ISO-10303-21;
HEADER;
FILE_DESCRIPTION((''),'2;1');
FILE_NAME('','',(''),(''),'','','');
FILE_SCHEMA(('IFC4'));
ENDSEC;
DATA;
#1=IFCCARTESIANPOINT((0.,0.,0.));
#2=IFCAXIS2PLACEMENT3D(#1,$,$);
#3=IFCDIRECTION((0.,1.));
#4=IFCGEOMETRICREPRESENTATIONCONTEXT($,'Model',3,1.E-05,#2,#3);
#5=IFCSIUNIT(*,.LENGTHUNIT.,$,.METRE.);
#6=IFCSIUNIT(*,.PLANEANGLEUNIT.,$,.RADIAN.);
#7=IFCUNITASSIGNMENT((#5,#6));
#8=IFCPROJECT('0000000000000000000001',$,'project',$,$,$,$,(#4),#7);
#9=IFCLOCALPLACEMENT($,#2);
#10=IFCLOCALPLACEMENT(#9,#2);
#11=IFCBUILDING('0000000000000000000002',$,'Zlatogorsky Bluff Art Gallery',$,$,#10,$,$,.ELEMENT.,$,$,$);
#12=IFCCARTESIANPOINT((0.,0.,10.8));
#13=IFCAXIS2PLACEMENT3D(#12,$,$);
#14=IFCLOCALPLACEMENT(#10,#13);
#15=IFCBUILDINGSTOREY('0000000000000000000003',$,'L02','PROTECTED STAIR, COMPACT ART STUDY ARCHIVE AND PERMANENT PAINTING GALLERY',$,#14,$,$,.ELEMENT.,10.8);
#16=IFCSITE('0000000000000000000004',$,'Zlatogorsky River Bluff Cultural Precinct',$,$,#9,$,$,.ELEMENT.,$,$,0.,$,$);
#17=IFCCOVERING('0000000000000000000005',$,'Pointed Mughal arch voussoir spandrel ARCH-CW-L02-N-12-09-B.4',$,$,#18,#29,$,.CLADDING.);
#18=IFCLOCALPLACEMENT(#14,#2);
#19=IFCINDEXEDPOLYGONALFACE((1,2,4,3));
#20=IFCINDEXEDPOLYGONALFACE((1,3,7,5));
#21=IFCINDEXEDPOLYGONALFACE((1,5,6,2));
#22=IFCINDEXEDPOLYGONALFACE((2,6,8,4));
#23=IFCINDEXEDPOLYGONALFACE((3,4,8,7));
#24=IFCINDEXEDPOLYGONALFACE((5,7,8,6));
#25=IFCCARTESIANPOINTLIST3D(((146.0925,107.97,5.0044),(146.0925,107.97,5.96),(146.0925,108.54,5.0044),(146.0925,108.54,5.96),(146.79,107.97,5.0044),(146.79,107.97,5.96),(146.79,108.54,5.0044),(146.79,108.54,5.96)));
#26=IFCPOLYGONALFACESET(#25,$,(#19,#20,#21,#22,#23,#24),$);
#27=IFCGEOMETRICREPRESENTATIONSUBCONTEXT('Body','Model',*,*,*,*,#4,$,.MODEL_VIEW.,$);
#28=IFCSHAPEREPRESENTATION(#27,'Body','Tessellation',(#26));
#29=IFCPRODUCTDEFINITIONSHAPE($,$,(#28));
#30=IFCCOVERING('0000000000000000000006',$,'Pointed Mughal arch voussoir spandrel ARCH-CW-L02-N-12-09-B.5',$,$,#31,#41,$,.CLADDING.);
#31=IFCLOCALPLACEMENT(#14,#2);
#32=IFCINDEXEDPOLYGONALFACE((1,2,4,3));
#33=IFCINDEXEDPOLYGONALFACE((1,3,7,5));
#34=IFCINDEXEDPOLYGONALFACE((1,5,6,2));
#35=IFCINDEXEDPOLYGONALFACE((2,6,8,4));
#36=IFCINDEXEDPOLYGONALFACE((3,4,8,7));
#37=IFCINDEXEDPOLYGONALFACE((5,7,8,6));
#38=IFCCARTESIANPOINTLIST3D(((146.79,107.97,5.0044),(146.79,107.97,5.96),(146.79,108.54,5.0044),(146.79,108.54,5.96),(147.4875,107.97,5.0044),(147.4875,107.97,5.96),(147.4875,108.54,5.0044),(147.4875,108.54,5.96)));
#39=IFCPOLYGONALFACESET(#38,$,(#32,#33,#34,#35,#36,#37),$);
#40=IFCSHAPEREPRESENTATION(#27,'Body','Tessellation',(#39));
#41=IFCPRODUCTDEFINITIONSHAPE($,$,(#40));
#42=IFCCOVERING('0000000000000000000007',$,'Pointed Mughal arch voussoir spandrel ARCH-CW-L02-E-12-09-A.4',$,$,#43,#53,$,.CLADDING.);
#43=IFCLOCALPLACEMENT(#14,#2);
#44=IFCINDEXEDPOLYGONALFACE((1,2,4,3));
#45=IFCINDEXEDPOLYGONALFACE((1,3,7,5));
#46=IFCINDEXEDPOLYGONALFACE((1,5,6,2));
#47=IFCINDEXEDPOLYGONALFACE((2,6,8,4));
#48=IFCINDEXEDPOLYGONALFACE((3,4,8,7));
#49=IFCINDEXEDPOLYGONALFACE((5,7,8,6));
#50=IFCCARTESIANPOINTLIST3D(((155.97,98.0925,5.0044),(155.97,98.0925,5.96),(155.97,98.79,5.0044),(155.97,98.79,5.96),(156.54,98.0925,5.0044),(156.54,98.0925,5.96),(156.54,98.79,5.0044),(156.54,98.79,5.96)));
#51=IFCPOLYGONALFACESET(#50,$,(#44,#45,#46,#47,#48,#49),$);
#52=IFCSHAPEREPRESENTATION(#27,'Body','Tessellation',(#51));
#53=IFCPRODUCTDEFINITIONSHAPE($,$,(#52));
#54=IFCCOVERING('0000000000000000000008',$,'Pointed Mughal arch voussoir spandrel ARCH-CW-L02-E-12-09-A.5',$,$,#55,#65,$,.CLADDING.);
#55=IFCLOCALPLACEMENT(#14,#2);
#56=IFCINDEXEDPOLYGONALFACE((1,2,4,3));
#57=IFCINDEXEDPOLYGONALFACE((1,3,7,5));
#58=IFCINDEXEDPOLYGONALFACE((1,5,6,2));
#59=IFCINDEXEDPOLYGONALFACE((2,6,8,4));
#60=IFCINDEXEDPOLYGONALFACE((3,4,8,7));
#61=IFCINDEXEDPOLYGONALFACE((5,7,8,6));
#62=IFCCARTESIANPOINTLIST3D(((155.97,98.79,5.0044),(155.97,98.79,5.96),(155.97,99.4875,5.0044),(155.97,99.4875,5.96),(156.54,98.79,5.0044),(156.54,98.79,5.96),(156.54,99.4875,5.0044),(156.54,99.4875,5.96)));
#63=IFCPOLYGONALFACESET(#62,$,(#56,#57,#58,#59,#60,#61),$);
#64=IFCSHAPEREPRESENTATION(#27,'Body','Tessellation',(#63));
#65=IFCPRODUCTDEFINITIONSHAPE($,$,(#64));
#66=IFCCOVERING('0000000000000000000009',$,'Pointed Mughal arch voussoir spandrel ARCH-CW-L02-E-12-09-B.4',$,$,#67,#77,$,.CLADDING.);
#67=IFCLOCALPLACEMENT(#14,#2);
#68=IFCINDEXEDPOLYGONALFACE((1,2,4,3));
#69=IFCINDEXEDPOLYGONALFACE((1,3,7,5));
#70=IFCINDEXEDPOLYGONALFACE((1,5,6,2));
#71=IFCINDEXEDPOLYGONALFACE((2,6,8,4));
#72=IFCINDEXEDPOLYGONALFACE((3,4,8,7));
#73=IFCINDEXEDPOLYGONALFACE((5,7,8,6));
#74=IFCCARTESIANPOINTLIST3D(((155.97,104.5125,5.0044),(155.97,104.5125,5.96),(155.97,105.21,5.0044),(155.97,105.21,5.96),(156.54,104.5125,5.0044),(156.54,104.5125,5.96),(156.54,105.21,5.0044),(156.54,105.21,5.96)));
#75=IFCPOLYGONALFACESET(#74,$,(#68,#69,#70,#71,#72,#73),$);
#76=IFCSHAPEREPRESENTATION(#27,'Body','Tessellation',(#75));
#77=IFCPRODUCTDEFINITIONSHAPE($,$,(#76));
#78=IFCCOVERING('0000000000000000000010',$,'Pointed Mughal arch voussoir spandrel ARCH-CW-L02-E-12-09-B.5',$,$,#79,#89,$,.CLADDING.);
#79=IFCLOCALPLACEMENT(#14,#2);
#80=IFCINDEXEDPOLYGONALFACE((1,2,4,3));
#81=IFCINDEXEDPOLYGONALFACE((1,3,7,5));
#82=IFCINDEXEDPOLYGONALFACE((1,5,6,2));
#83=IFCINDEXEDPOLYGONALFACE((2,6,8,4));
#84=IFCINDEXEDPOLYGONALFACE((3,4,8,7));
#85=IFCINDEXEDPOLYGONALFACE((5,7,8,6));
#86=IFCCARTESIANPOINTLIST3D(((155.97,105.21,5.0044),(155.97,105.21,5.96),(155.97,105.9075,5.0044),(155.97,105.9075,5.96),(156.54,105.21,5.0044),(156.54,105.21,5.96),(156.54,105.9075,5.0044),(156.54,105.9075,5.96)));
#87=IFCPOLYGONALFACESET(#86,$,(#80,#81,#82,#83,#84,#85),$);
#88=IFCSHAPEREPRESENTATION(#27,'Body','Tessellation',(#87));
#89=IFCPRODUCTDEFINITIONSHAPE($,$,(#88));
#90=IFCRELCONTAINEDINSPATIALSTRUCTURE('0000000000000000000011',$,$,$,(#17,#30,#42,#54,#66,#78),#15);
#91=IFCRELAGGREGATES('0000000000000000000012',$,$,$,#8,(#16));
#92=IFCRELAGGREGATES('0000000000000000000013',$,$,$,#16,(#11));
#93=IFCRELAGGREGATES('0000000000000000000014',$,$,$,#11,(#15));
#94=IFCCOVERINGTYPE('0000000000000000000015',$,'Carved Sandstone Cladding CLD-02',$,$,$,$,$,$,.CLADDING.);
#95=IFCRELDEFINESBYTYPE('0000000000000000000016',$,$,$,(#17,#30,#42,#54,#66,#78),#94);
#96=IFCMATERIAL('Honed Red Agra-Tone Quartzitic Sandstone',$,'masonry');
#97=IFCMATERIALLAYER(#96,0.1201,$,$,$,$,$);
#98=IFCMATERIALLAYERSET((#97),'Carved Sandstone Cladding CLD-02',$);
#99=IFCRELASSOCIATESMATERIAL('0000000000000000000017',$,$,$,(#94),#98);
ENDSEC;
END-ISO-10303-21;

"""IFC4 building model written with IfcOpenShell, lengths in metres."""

from ifc_helpers import new_model, si_unit, direction, frame, origin, place, context, subcontext, project, spatial, polyline, outline, extrude, material, layer, layer_set, type_object, element, save


model = new_model("IFC4")

# Units and contexts
model_context = context("Model", 3, precision=1e-05, world=origin(), true_north=direction((0.0, 1.0)))
body_context = subcontext(model_context, "Body", "Model", "MODEL_VIEW")
ifc_project = project(units=[si_unit("LENGTHUNIT", "METRE"), si_unit("PLANEANGLEUNIT", "RADIAN")], contexts=[model_context])

# Site, building, storey
site_placement = place(None, origin())
site = spatial("IfcSite", under=ifc_project, at=site_placement, Name="Zlatogorsky River Bluff Cultural Precinct", CompositionType="ELEMENT", RefElevation=0.0)
building_placement = place(site_placement, origin())
building = spatial("IfcBuilding", under=site, at=building_placement, Name="Zlatogorsky Bluff Art Gallery", CompositionType="ELEMENT")
storey_placement = place(building_placement, frame((0.0, 0.0, 10.8)))
storey = spatial("IfcBuildingStorey", under=building, at=storey_placement, Name="L02", Description="PROTECTED STAIR, COMPACT ART STUDY ARCHIVE AND PERMANENT PAINTING GALLERY", CompositionType="ELEMENT", Elevation=10.8)

# Coverings
ifc_material = material(Name="Honed Red Agra-Tone Quartzitic Sandstone", Category="masonry")
ifc_layer = layer(ifc_material, 0.1201)
ifc_layer_set = layer_set([ifc_layer], Name="Carved Sandstone Cladding CLD-02")
covering_type = type_object("IfcCoveringType", Name="Carved Sandstone Cladding CLD-02", PredefinedType="CLADDING", material=ifc_layer_set)
covering_1_placement = place(storey_placement, frame((0.0, 0.0, 5.0044)))
element("IfcCovering", 1, at=covering_1_placement, inside=storey, type_object=covering_type, Name="Pointed Mughal arch voussoir spandrel ARCH-CW-L02-N-12-09-B.4", PredefinedType="CLADDING", context=body_context, shape_type="SweptSolid", body=[
    extrude(outline(polyline([(146.0925, 107.97), (146.79, 107.97), (146.79, 108.54), (146.0925, 108.54), (146.0925, 107.97)])), origin(), (0.0, 0.0, 1.0), 0.9556),
])
covering_2_placement = place(storey_placement, frame((0.0, 0.0, 5.0044)))
element("IfcCovering", 2, at=covering_2_placement, inside=storey, type_object=covering_type, Name="Pointed Mughal arch voussoir spandrel ARCH-CW-L02-N-12-09-B.5", PredefinedType="CLADDING", context=body_context, shape_type="SweptSolid", body=[
    extrude(outline(polyline([(146.79, 107.97), (147.4875, 107.97), (147.4875, 108.54), (146.79, 108.54), (146.79, 107.97)])), origin(), (0.0, 0.0, 1.0), 0.9556),
])
covering_3_placement = place(storey_placement, frame((0.0, 0.0, 5.0044)))
element("IfcCovering", 3, at=covering_3_placement, inside=storey, type_object=covering_type, Name="Pointed Mughal arch voussoir spandrel ARCH-CW-L02-E-12-09-A.4", PredefinedType="CLADDING", context=body_context, shape_type="SweptSolid", body=[
    extrude(outline(polyline([(155.97, 98.0925), (155.97, 98.79), (156.54, 98.79), (156.54, 98.0925), (155.97, 98.0925)])), origin(), (0.0, 0.0, 1.0), 0.9556),
])
covering_4_placement = place(storey_placement, frame((0.0, 0.0, 5.0044)))
element("IfcCovering", 4, at=covering_4_placement, inside=storey, type_object=covering_type, Name="Pointed Mughal arch voussoir spandrel ARCH-CW-L02-E-12-09-A.5", PredefinedType="CLADDING", context=body_context, shape_type="SweptSolid", body=[
    extrude(outline(polyline([(155.97, 98.79), (155.97, 99.4875), (156.54, 99.4875), (156.54, 98.79), (155.97, 98.79)])), origin(), (0.0, 0.0, 1.0), 0.9556),
])
covering_5_placement = place(storey_placement, frame((0.0, 0.0, 5.0044)))
element("IfcCovering", 5, at=covering_5_placement, inside=storey, type_object=covering_type, Name="Pointed Mughal arch voussoir spandrel ARCH-CW-L02-E-12-09-B.4", PredefinedType="CLADDING", context=body_context, shape_type="SweptSolid", body=[
    extrude(outline(polyline([(155.97, 104.5125), (155.97, 105.21), (156.54, 105.21), (156.54, 104.5125), (155.97, 104.5125)])), origin(), (0.0, 0.0, 1.0), 0.9556),
])
covering_6_placement = place(storey_placement, frame((0.0, 0.0, 5.0044)))
element("IfcCovering", 6, at=covering_6_placement, inside=storey, type_object=covering_type, Name="Pointed Mughal arch voussoir spandrel ARCH-CW-L02-E-12-09-B.5", PredefinedType="CLADDING", context=body_context, shape_type="SweptSolid", body=[
    extrude(outline(polyline([(155.97, 105.21), (155.97, 105.9075), (156.54, 105.9075), (156.54, 105.21), (155.97, 105.21)])), origin(), (0.0, 0.0, 1.0), 0.9556),
])

save(model, "model.ifc")
